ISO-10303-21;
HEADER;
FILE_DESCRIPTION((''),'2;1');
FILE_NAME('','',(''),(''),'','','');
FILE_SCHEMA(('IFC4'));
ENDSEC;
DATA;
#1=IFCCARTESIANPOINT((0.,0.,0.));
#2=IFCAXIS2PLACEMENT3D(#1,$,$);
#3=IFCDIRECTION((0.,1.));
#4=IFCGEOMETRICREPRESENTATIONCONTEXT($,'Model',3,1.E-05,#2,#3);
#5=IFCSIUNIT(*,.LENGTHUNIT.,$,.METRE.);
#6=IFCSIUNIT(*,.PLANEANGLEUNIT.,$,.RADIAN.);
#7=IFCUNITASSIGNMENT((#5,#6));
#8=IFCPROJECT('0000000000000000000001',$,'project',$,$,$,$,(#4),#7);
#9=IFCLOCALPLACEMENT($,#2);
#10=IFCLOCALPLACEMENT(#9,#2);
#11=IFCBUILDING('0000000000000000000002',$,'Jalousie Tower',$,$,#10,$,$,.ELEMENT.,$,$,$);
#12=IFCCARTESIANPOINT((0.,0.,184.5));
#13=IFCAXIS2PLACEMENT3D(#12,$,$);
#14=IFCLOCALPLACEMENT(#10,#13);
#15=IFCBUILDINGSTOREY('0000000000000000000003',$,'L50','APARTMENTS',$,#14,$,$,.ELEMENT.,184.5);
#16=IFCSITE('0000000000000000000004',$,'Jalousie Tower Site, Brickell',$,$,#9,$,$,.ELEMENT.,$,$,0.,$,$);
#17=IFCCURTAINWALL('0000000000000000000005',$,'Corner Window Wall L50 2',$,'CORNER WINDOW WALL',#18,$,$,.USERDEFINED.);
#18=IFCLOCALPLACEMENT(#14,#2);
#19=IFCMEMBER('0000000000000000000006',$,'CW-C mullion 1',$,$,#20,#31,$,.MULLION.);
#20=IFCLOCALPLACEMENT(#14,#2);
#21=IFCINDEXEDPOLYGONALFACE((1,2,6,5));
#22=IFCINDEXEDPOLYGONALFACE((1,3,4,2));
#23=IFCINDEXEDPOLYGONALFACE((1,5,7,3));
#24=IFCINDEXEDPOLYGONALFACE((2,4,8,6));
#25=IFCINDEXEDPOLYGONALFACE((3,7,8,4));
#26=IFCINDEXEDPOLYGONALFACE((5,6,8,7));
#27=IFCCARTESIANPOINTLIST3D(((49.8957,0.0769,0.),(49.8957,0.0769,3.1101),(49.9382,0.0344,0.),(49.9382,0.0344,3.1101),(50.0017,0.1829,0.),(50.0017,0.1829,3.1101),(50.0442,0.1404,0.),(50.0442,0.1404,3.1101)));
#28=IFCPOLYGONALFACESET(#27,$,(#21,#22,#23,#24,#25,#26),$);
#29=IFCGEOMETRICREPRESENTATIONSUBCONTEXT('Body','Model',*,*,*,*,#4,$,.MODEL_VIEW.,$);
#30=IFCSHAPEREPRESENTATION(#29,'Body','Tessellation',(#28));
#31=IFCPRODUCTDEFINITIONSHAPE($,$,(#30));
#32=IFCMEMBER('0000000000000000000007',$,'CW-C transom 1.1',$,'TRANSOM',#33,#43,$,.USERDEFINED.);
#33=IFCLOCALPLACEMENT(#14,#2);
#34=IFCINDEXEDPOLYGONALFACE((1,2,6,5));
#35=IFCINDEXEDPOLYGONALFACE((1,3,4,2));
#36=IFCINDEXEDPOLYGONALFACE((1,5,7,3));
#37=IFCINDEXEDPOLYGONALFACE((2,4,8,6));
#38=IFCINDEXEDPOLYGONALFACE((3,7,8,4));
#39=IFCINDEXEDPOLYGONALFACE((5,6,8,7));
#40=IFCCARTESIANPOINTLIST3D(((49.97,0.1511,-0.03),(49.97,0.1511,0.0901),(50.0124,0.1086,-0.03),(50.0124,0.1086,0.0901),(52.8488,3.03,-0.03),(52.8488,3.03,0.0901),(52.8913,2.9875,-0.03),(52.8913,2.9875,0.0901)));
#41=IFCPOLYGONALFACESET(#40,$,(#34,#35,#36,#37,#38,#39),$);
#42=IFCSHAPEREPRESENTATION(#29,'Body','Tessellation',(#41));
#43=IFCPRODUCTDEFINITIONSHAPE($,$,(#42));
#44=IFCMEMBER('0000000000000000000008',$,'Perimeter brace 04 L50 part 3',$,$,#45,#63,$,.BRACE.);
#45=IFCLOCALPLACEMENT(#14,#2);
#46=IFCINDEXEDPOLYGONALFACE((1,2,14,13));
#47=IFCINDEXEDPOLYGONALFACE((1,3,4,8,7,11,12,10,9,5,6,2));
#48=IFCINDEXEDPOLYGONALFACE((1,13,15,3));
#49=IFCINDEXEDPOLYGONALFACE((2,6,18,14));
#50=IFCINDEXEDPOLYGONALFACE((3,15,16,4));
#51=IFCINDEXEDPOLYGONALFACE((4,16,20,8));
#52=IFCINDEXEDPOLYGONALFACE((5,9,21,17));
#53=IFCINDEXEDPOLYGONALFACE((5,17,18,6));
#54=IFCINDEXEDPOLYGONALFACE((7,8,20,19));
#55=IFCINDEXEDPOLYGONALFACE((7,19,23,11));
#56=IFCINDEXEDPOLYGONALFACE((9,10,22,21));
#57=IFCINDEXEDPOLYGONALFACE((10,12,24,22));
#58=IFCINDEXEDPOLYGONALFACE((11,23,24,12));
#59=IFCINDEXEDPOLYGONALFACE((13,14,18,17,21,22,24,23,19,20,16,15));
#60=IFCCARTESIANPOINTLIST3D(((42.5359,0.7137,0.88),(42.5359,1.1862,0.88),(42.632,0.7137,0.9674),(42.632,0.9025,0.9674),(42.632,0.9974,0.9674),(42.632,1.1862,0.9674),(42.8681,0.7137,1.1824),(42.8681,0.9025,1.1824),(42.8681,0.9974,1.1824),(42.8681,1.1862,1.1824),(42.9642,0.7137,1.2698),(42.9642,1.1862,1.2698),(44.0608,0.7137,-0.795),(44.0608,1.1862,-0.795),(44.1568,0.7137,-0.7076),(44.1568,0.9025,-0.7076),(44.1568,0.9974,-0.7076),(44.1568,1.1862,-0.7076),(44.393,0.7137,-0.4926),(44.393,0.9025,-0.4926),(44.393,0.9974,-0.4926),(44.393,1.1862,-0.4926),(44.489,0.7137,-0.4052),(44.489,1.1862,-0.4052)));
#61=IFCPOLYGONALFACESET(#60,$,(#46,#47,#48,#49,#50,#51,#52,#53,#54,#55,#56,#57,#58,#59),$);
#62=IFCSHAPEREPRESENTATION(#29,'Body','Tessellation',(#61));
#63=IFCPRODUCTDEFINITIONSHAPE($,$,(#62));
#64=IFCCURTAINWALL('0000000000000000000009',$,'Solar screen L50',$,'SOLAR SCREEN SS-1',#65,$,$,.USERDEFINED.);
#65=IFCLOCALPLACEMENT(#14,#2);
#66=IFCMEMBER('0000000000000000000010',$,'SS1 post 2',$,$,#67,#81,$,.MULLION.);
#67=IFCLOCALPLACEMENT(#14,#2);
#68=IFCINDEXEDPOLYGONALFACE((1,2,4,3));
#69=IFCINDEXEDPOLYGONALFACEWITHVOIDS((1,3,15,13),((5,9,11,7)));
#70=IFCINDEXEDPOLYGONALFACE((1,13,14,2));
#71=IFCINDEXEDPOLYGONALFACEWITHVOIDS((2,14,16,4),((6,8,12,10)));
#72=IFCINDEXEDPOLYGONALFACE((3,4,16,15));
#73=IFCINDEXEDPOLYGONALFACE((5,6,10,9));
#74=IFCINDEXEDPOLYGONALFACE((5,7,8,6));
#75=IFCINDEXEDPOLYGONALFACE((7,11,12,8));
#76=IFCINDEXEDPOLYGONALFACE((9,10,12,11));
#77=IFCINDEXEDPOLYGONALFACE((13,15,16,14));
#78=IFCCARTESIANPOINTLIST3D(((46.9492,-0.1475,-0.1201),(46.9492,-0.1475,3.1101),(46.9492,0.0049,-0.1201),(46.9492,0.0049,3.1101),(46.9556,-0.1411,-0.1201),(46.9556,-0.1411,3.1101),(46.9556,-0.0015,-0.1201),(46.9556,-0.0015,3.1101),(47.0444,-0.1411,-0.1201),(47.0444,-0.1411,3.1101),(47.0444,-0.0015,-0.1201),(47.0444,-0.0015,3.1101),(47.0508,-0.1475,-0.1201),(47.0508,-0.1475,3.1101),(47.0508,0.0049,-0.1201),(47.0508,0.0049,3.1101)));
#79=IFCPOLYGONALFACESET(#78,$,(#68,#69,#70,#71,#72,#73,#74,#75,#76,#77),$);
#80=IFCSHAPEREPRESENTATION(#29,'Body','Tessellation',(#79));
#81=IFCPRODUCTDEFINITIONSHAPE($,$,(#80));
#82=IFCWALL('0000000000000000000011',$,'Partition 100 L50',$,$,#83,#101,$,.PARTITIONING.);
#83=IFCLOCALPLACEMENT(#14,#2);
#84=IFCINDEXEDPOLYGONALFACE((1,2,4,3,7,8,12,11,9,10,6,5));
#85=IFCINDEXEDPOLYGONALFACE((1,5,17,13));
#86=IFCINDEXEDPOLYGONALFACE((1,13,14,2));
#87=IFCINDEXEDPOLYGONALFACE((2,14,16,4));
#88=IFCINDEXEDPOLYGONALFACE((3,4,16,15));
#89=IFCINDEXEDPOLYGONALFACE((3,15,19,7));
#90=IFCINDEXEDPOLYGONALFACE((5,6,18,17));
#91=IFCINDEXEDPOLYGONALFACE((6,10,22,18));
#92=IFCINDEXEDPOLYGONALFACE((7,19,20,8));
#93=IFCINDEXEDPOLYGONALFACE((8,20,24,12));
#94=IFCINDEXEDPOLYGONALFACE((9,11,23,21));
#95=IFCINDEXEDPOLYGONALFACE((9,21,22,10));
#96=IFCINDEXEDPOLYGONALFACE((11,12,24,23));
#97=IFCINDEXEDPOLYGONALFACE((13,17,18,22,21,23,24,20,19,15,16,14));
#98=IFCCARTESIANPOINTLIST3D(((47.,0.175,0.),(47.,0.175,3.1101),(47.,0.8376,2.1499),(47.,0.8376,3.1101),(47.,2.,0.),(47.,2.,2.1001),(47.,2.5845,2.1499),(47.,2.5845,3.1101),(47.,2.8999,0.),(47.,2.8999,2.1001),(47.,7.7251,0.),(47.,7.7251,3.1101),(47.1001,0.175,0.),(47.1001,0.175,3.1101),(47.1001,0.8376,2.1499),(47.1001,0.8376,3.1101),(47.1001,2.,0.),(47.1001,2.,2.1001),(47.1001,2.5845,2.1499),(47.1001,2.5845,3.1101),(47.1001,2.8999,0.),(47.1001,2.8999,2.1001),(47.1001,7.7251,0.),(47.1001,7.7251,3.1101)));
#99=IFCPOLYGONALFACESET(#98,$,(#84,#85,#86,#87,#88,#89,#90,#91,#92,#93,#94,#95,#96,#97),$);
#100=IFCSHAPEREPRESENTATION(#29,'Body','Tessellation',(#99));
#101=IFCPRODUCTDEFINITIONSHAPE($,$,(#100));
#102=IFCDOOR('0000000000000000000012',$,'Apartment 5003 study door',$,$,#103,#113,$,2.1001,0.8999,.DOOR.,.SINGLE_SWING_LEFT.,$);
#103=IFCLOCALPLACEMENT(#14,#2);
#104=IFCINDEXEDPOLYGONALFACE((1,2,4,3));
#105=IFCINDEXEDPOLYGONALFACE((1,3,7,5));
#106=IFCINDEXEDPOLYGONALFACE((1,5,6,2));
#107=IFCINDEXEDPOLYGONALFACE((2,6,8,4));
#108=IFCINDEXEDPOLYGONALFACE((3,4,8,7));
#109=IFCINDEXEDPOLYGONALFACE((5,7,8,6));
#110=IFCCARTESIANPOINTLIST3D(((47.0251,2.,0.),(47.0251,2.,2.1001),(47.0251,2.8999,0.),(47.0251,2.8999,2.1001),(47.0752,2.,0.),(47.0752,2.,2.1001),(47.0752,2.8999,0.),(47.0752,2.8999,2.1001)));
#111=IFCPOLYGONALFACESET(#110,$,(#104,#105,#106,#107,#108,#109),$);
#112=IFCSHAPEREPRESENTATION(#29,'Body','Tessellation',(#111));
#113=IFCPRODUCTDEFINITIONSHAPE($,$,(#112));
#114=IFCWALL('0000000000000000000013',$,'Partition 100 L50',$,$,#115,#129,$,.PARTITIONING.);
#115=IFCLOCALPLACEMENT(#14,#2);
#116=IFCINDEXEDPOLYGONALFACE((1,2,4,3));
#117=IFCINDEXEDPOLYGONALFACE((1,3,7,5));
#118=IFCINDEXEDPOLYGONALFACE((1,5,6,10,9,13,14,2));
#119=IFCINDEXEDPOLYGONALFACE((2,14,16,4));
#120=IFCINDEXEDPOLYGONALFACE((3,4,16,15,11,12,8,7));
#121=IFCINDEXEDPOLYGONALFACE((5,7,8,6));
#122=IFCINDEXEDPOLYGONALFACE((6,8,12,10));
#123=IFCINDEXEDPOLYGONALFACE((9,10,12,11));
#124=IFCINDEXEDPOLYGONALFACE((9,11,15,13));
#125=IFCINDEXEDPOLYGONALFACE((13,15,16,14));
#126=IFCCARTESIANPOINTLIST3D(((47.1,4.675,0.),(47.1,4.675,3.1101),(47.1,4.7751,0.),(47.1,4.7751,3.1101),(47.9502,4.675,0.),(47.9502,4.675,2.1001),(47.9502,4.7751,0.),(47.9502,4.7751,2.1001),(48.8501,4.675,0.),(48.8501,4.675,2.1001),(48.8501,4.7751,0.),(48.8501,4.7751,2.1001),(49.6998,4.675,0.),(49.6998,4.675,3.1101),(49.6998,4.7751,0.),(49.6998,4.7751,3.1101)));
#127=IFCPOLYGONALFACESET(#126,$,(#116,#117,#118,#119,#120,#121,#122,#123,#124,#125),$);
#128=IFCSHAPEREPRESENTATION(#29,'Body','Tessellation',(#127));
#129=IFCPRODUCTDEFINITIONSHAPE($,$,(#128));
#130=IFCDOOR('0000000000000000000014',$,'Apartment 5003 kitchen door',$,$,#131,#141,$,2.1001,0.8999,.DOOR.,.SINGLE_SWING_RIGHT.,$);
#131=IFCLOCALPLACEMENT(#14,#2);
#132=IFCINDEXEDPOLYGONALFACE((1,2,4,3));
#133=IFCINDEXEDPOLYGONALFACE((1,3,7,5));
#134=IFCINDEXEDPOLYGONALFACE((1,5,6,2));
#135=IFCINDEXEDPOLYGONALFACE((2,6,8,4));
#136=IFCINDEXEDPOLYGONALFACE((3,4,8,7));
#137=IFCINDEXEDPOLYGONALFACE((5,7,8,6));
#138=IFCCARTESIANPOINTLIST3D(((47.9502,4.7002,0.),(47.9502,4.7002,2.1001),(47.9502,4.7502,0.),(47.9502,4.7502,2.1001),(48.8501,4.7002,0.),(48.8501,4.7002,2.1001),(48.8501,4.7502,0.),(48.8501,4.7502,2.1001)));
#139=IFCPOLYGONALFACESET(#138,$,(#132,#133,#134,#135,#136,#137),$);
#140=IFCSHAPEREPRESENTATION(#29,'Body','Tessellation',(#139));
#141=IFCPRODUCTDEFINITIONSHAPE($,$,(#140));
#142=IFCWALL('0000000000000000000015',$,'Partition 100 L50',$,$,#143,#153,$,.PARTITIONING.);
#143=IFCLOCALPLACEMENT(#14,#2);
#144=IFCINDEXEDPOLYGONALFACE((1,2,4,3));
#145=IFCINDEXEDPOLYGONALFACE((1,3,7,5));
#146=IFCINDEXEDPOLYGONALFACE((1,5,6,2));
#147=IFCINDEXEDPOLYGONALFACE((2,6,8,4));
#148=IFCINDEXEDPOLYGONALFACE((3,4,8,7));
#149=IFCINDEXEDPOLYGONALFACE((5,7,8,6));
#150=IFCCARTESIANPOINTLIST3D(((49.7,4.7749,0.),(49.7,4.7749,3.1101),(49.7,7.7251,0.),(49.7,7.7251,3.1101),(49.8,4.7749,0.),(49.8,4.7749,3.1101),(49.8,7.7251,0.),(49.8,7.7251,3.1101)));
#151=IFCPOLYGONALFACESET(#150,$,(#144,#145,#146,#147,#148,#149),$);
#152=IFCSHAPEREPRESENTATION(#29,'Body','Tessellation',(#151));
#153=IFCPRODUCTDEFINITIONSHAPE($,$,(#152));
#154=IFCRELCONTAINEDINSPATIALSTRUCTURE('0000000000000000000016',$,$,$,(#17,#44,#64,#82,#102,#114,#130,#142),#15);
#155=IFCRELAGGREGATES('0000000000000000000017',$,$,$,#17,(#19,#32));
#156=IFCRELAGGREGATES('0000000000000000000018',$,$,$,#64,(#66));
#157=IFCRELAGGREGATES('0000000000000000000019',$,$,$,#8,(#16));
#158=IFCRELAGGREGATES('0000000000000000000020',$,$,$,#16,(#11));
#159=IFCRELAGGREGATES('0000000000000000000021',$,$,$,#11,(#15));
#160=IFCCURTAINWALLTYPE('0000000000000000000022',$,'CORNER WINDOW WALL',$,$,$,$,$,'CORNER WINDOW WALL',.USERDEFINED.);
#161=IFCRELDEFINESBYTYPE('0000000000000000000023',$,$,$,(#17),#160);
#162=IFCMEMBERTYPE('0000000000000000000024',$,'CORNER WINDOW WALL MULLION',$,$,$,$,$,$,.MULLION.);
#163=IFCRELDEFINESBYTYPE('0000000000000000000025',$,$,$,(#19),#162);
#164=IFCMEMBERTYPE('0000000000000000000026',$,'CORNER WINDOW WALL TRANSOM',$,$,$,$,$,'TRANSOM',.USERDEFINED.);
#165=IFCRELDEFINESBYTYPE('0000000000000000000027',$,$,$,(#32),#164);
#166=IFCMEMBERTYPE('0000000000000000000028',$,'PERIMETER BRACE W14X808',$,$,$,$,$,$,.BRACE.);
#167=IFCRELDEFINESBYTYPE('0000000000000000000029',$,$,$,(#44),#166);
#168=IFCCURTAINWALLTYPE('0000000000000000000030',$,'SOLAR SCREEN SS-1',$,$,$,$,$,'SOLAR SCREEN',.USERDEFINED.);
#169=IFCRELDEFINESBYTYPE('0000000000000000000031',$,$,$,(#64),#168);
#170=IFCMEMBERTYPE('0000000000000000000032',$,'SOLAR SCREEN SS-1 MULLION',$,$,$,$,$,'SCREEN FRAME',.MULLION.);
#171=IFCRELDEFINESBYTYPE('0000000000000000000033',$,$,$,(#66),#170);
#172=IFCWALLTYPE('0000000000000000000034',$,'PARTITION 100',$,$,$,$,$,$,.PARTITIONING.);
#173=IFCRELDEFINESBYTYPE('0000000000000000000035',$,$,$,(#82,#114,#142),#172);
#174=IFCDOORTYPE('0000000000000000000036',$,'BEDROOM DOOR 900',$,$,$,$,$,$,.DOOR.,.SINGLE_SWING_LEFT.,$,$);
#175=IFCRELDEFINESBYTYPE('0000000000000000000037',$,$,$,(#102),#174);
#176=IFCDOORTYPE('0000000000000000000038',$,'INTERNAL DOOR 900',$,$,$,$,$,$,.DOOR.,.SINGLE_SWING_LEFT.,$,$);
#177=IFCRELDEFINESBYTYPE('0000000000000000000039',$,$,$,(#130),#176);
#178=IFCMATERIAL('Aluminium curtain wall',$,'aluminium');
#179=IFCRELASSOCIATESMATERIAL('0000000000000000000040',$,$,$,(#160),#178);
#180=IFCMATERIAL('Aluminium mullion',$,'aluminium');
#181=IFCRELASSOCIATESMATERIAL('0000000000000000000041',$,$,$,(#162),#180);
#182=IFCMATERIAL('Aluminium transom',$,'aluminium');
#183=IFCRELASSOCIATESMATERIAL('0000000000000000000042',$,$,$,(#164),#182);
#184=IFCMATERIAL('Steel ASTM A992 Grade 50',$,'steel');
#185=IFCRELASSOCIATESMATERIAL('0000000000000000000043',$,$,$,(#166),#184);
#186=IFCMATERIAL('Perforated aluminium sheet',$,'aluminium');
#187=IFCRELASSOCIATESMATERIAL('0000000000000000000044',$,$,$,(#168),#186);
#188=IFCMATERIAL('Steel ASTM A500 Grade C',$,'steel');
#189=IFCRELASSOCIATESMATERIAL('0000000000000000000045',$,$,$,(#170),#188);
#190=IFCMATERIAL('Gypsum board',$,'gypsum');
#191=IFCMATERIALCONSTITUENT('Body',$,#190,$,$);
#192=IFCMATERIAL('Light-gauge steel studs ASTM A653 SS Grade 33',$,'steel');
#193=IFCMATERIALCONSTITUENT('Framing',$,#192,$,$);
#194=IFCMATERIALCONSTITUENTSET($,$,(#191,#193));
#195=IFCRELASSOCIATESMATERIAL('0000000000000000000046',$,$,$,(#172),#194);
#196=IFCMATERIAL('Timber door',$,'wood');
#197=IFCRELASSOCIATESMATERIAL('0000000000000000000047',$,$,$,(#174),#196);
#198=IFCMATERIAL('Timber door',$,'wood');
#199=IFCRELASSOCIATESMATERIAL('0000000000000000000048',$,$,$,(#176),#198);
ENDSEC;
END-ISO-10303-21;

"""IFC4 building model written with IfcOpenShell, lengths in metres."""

from ifc_helpers import new_model, si_unit, direction, frame, frame_2d, origin, origin_2d, place, context, subcontext, project, spatial, polyline, rectangle, hollow_rectangle, i_section, outline, extrude, material, constituent, constituent_set, material_profile, profile_set, type_object, element, fill, aggregate, save


model = new_model("IFC4")

# Units and contexts
model_context = context("Model", 3, precision=1e-05, world=origin(), true_north=direction((0.0, 1.0)))
body_context = subcontext(model_context, "Body", "Model", "MODEL_VIEW")
ifc_project = project(units=[si_unit("LENGTHUNIT", "METRE"), si_unit("PLANEANGLEUNIT", "RADIAN")], contexts=[model_context])

# Site, building, storey
site_placement = place(None, origin())
site = spatial("IfcSite", under=ifc_project, at=site_placement, Name="Jalousie Tower Site, Brickell", CompositionType="ELEMENT", RefElevation=0.0)
building_placement = place(site_placement, origin())
building = spatial("IfcBuilding", under=site, at=building_placement, Name="Jalousie Tower", CompositionType="ELEMENT")
storey_placement = place(building_placement, frame((0.0, 0.0, 184.5)))
storey = spatial("IfcBuildingStorey", under=building, at=storey_placement, Name="L50", Description="APARTMENTS", CompositionType="ELEMENT", Elevation=184.5)

# Curtain wall, members
ifc_material_1 = material(Name="Aluminium curtain wall", Category="aluminium")
curtain_wall_type_1 = type_object("IfcCurtainWallType", Name="CORNER WINDOW WALL", ElementType="CORNER WINDOW WALL", PredefinedType="USERDEFINED", material=ifc_material_1)
curtain_wall_1_placement = place(storey_placement, origin())
curtain_wall_1 = element("IfcCurtainWall", 1, at=curtain_wall_1_placement, inside=storey, type_object=curtain_wall_type_1, Name="Corner Window Wall L50 2", ObjectType="CORNER WINDOW WALL", PredefinedType="USERDEFINED")
ifc_material_2 = material(Name="Aluminium mullion", Category="aluminium")
ifc_material_profile_1 = material_profile(ifc_material_2, rectangle(XDim=0.0601, YDim=0.1499, at=origin_2d()), Name="MULLION 60x150")
ifc_profile_set_1 = profile_set([ifc_material_profile_1], Name="Aluminium mullion")
member_type_1 = type_object("IfcMemberType", Name="CORNER WINDOW WALL MULLION", PredefinedType="MULLION", material=ifc_profile_set_1)
member_1_placement = place(storey_placement, frame((49.97, 0.1086, 0.0), z_axis=(0.0, 0.0, 1.0), x_axis=(-0.707107, 0.707107, 0.0)))
member_1 = element("IfcMember", 2, at=member_1_placement, type_object=member_type_1, Name="CW-C mullion 1", PredefinedType="MULLION", context=body_context, shape_type="SweptSolid", body=[
    extrude(rectangle(XDim=0.0601, YDim=0.1499, at=origin_2d()), origin(), (0.0, 0.0, 1.0), 3.1101),
])
ifc_material_3 = material(Name="Aluminium transom", Category="aluminium")
ifc_material_profile_2 = material_profile(ifc_material_3, rectangle(XDim=0.0601, YDim=0.1201, at=origin_2d()), Name="TRANSOM 60x120")
ifc_profile_set_2 = profile_set([ifc_material_profile_2], Name="Aluminium transom")
member_type_2 = type_object("IfcMemberType", Name="CORNER WINDOW WALL TRANSOM", ElementType="TRANSOM", PredefinedType="USERDEFINED", material=ifc_profile_set_2)
member_2_placement = place(storey_placement, frame((49.9912, 0.1299, 0.03), z_axis=(0.707107, 0.707107, 0.0), x_axis=(-0.707107, 0.707107, 0.0)))
member_2 = element("IfcMember", 3, at=member_2_placement, type_object=member_type_2, Name="CW-C transom 1.1", ObjectType="TRANSOM", PredefinedType="USERDEFINED", context=body_context, shape_type="SweptSolid", body=[
    extrude(rectangle(XDim=0.0601, YDim=0.1201, at=origin_2d()), origin(), (0.0, 0.0, 1.0), 4.0713),
])
aggregate(curtain_wall_1, [member_1, member_2])

# Member
ifc_material_4 = material(Name="Steel ASTM A992 Grade 50", Category="steel")
ifc_material_profile_3 = material_profile(ifc_material_4, i_section(OverallWidth=0.4724, OverallDepth=0.5791, WebThickness=0.095, FlangeThickness=0.1299, at=origin_2d()), Name="W14X808")
ifc_profile_set_3 = profile_set([ifc_material_profile_3], Name="Steel ASTM A992 Grade 50")
member_type_3 = type_object("IfcMemberType", Name="PERIMETER BRACE W14X808", PredefinedType="BRACE", material=ifc_profile_set_3)
member_3_placement = place(storey_placement, frame((44.2749, 0.95, -0.6001), z_axis=(-0.673188, 0.0, 0.739472), x_axis=(0.0, -1.0, 0.0)))
element("IfcMember", 4, at=member_3_placement, inside=storey, type_object=member_type_3, Name="Perimeter brace 04 L50 part 3", PredefinedType="BRACE", context=body_context, shape_type="SweptSolid", body=[
    extrude(i_section(OverallWidth=0.4724, OverallDepth=0.5791, WebThickness=0.095, FlangeThickness=0.1299, at=origin_2d()), origin(), (0.0, 0.0, 1.0), 2.2651),
])

# Curtain wall, member
ifc_material_5 = material(Name="Perforated aluminium sheet", Category="aluminium")
curtain_wall_type_2 = type_object("IfcCurtainWallType", Name="SOLAR SCREEN SS-1", ElementType="SOLAR SCREEN", PredefinedType="USERDEFINED", material=ifc_material_5)
curtain_wall_2_placement = place(storey_placement, origin())
curtain_wall_2 = element("IfcCurtainWall", 5, at=curtain_wall_2_placement, inside=storey, type_object=curtain_wall_type_2, Name="Solar screen L50", ObjectType="SOLAR SCREEN SS-1", PredefinedType="USERDEFINED")
ifc_material_6 = material(Name="Steel ASTM A500 Grade C", Category="steel")
ifc_material_profile_4 = material_profile(ifc_material_6, hollow_rectangle(XDim=0.1016, YDim=0.1523, WallThickness=0.0063, at=origin_2d()), Name="HSS6X4X1/4")
ifc_profile_set_4 = profile_set([ifc_material_profile_4], Name="Steel ASTM A500 Grade C")
member_type_4 = type_object("IfcMemberType", Name="SOLAR SCREEN SS-1 MULLION", ElementType="SCREEN FRAME", PredefinedType="MULLION", material=ifc_profile_set_4)
member_4_placement = place(storey_placement, frame((47.0, -0.0713, -0.1201), z_axis=(0.0, 0.0, 1.0), x_axis=(1.0, 0.0, 0.0)))
member_4 = element("IfcMember", 6, at=member_4_placement, type_object=member_type_4, Name="SS1 post 2", PredefinedType="MULLION", context=body_context, shape_type="SweptSolid", body=[
    extrude(hollow_rectangle(XDim=0.1016, YDim=0.1523, WallThickness=0.0063, at=origin_2d()), origin(), (0.0, 0.0, 1.0), 3.2302),
])
aggregate(curtain_wall_2, [member_4])

# Walls, openings, doors
ifc_material_7 = material(Name="Gypsum board", Category="gypsum")
ifc_constituent_1 = constituent(ifc_material_7, Name="Body")
ifc_material_8 = material(Name="Light-gauge steel studs ASTM A653 SS Grade 33", Category="steel")
ifc_constituent_2 = constituent(ifc_material_8, Name="Framing")
ifc_constituent_set_1 = constituent_set(constituents=[ifc_constituent_1, ifc_constituent_2])
wall_type_1 = type_object("IfcWallType", Name="PARTITION 100", PredefinedType="PARTITIONING", material=ifc_constituent_set_1)
wall_1_placement = place(storey_placement, frame((47.05, 0.175, 0.0), z_axis=(0.0, 0.0, 1.0), x_axis=(0.0, 1.0, 0.0)))
wall_1 = element("IfcWall", 7, at=wall_1_placement, inside=storey, type_object=wall_type_1, Name="Partition 100 L50", PredefinedType="PARTITIONING", context=body_context, shape_type="SweptSolid", body=[
    extrude(outline(polyline([(0.0, 0.0), (7.55, 0.0), (7.55, 3.1101), (2.4094, 3.1101), (2.4094, 2.1499), (0.6626, 2.1499), (0.6626, 3.1101), (0.0, 3.1101), (0.0, 0.0)])), frame((0.0, 0.05, 0.0), z_axis=(0.0, -1.0, 0.0), x_axis=(1.0, 0.0, 0.0)), (0.0, 0.0, 1.0), 0.1001),
])
opening_1_placement = place(wall_1_placement, frame((1.825, 0.0, 0.0)))
opening_1 = element("IfcOpeningElement", 8, at=opening_1_placement, cuts=wall_1, PredefinedType="OPENING", context=body_context, shape_type="SweptSolid", body=[
    extrude(rectangle(XDim=0.8999, YDim=2.1001, at=frame_2d((0.45, 1.05))), frame((0.0, 0.0601, 0.0), z_axis=(0.0, -1.0, 0.0), x_axis=(1.0, 0.0, 0.0)), (0.0, 0.0, 1.0), 0.1201),
])
ifc_material_9 = material(Name="Timber door", Category="wood")
door_type_1 = type_object("IfcDoorType", Name="BEDROOM DOOR 900", OperationType="SINGLE_SWING_LEFT", PredefinedType="DOOR", material=ifc_material_9)
door_1_placement = place(opening_1_placement, origin())
door_1 = element("IfcDoor", 9, at=door_1_placement, inside=storey, type_object=door_type_1, Name="Apartment 5003 study door", OperationType="SINGLE_SWING_LEFT", OverallHeight=2.1001, OverallWidth=0.8999, PredefinedType="DOOR", context=body_context, shape_type="SweptSolid", body=[
    extrude(rectangle(XDim=0.8999, YDim=2.1001, at=frame_2d((0.45, 1.05))), frame((0.0, 0.0249, 0.0), z_axis=(0.0, -1.0, 0.0), x_axis=(1.0, 0.0, 0.0)), (0.0, 0.0, 1.0), 0.05),
])
fill(opening_1, door_1)
wall_2_placement = place(storey_placement, frame((47.1001, 4.7251, 0.0), z_axis=(0.0, 0.0, 1.0), x_axis=(1.0, 0.0, 0.0)))
wall_2 = element("IfcWall", 10, at=wall_2_placement, inside=storey, type_object=wall_type_1, Name="Partition 100 L50", PredefinedType="PARTITIONING", context=body_context, shape_type="SweptSolid", body=[
    extrude(rectangle(XDim=2.5999, YDim=0.1001, at=frame_2d((1.2998, 0.0))), origin(), (0.0, 0.0, 1.0), 3.1101),
])
opening_2_placement = place(wall_2_placement, frame((0.8501, 0.0, 0.0)))
opening_2 = element("IfcOpeningElement", 11, at=opening_2_placement, cuts=wall_2, PredefinedType="OPENING", context=body_context, shape_type="SweptSolid", body=[
    extrude(rectangle(XDim=0.8999, YDim=2.1001, at=frame_2d((0.45, 1.05))), frame((0.0, 0.0601, 0.0), z_axis=(0.0, -1.0, 0.0), x_axis=(1.0, 0.0, 0.0)), (0.0, 0.0, 1.0), 0.1201),
])
ifc_material_10 = material(Name="Timber door", Category="wood")
door_type_2 = type_object("IfcDoorType", Name="INTERNAL DOOR 900", OperationType="SINGLE_SWING_LEFT", PredefinedType="DOOR", material=ifc_material_10)
door_2_placement = place(opening_2_placement, frame((0.8999, 0.0, 0.0), z_axis=(0.0, 0.0, 1.0), x_axis=(-1.0, 0.0, 0.0)))
door_2 = element("IfcDoor", 12, at=door_2_placement, inside=storey, type_object=door_type_2, Name="Apartment 5003 kitchen door", OperationType="SINGLE_SWING_RIGHT", OverallHeight=2.1001, OverallWidth=0.8999, PredefinedType="DOOR", context=body_context, shape_type="SweptSolid", body=[
    extrude(rectangle(XDim=0.8999, YDim=2.1001, at=frame_2d((0.45, 1.05))), frame((0.0, 0.0249, 0.0), z_axis=(0.0, -1.0, 0.0), x_axis=(1.0, 0.0, 0.0)), (0.0, 0.0, 1.0), 0.05),
])
fill(opening_2, door_2)

# Wall
wall_3_placement = place(storey_placement, frame((49.75, 4.7749, 0.0), z_axis=(0.0, 0.0, 1.0), x_axis=(0.0, 1.0, 0.0)))
element("IfcWall", 13, at=wall_3_placement, inside=storey, type_object=wall_type_1, Name="Partition 100 L50", PredefinedType="PARTITIONING", context=body_context, shape_type="SweptSolid", body=[
    extrude(rectangle(XDim=2.9502, YDim=0.1001, at=frame_2d((1.4751, 0.0))), origin(), (0.0, 0.0, 1.0), 3.1101),
])

save(model, "model.ifc")
